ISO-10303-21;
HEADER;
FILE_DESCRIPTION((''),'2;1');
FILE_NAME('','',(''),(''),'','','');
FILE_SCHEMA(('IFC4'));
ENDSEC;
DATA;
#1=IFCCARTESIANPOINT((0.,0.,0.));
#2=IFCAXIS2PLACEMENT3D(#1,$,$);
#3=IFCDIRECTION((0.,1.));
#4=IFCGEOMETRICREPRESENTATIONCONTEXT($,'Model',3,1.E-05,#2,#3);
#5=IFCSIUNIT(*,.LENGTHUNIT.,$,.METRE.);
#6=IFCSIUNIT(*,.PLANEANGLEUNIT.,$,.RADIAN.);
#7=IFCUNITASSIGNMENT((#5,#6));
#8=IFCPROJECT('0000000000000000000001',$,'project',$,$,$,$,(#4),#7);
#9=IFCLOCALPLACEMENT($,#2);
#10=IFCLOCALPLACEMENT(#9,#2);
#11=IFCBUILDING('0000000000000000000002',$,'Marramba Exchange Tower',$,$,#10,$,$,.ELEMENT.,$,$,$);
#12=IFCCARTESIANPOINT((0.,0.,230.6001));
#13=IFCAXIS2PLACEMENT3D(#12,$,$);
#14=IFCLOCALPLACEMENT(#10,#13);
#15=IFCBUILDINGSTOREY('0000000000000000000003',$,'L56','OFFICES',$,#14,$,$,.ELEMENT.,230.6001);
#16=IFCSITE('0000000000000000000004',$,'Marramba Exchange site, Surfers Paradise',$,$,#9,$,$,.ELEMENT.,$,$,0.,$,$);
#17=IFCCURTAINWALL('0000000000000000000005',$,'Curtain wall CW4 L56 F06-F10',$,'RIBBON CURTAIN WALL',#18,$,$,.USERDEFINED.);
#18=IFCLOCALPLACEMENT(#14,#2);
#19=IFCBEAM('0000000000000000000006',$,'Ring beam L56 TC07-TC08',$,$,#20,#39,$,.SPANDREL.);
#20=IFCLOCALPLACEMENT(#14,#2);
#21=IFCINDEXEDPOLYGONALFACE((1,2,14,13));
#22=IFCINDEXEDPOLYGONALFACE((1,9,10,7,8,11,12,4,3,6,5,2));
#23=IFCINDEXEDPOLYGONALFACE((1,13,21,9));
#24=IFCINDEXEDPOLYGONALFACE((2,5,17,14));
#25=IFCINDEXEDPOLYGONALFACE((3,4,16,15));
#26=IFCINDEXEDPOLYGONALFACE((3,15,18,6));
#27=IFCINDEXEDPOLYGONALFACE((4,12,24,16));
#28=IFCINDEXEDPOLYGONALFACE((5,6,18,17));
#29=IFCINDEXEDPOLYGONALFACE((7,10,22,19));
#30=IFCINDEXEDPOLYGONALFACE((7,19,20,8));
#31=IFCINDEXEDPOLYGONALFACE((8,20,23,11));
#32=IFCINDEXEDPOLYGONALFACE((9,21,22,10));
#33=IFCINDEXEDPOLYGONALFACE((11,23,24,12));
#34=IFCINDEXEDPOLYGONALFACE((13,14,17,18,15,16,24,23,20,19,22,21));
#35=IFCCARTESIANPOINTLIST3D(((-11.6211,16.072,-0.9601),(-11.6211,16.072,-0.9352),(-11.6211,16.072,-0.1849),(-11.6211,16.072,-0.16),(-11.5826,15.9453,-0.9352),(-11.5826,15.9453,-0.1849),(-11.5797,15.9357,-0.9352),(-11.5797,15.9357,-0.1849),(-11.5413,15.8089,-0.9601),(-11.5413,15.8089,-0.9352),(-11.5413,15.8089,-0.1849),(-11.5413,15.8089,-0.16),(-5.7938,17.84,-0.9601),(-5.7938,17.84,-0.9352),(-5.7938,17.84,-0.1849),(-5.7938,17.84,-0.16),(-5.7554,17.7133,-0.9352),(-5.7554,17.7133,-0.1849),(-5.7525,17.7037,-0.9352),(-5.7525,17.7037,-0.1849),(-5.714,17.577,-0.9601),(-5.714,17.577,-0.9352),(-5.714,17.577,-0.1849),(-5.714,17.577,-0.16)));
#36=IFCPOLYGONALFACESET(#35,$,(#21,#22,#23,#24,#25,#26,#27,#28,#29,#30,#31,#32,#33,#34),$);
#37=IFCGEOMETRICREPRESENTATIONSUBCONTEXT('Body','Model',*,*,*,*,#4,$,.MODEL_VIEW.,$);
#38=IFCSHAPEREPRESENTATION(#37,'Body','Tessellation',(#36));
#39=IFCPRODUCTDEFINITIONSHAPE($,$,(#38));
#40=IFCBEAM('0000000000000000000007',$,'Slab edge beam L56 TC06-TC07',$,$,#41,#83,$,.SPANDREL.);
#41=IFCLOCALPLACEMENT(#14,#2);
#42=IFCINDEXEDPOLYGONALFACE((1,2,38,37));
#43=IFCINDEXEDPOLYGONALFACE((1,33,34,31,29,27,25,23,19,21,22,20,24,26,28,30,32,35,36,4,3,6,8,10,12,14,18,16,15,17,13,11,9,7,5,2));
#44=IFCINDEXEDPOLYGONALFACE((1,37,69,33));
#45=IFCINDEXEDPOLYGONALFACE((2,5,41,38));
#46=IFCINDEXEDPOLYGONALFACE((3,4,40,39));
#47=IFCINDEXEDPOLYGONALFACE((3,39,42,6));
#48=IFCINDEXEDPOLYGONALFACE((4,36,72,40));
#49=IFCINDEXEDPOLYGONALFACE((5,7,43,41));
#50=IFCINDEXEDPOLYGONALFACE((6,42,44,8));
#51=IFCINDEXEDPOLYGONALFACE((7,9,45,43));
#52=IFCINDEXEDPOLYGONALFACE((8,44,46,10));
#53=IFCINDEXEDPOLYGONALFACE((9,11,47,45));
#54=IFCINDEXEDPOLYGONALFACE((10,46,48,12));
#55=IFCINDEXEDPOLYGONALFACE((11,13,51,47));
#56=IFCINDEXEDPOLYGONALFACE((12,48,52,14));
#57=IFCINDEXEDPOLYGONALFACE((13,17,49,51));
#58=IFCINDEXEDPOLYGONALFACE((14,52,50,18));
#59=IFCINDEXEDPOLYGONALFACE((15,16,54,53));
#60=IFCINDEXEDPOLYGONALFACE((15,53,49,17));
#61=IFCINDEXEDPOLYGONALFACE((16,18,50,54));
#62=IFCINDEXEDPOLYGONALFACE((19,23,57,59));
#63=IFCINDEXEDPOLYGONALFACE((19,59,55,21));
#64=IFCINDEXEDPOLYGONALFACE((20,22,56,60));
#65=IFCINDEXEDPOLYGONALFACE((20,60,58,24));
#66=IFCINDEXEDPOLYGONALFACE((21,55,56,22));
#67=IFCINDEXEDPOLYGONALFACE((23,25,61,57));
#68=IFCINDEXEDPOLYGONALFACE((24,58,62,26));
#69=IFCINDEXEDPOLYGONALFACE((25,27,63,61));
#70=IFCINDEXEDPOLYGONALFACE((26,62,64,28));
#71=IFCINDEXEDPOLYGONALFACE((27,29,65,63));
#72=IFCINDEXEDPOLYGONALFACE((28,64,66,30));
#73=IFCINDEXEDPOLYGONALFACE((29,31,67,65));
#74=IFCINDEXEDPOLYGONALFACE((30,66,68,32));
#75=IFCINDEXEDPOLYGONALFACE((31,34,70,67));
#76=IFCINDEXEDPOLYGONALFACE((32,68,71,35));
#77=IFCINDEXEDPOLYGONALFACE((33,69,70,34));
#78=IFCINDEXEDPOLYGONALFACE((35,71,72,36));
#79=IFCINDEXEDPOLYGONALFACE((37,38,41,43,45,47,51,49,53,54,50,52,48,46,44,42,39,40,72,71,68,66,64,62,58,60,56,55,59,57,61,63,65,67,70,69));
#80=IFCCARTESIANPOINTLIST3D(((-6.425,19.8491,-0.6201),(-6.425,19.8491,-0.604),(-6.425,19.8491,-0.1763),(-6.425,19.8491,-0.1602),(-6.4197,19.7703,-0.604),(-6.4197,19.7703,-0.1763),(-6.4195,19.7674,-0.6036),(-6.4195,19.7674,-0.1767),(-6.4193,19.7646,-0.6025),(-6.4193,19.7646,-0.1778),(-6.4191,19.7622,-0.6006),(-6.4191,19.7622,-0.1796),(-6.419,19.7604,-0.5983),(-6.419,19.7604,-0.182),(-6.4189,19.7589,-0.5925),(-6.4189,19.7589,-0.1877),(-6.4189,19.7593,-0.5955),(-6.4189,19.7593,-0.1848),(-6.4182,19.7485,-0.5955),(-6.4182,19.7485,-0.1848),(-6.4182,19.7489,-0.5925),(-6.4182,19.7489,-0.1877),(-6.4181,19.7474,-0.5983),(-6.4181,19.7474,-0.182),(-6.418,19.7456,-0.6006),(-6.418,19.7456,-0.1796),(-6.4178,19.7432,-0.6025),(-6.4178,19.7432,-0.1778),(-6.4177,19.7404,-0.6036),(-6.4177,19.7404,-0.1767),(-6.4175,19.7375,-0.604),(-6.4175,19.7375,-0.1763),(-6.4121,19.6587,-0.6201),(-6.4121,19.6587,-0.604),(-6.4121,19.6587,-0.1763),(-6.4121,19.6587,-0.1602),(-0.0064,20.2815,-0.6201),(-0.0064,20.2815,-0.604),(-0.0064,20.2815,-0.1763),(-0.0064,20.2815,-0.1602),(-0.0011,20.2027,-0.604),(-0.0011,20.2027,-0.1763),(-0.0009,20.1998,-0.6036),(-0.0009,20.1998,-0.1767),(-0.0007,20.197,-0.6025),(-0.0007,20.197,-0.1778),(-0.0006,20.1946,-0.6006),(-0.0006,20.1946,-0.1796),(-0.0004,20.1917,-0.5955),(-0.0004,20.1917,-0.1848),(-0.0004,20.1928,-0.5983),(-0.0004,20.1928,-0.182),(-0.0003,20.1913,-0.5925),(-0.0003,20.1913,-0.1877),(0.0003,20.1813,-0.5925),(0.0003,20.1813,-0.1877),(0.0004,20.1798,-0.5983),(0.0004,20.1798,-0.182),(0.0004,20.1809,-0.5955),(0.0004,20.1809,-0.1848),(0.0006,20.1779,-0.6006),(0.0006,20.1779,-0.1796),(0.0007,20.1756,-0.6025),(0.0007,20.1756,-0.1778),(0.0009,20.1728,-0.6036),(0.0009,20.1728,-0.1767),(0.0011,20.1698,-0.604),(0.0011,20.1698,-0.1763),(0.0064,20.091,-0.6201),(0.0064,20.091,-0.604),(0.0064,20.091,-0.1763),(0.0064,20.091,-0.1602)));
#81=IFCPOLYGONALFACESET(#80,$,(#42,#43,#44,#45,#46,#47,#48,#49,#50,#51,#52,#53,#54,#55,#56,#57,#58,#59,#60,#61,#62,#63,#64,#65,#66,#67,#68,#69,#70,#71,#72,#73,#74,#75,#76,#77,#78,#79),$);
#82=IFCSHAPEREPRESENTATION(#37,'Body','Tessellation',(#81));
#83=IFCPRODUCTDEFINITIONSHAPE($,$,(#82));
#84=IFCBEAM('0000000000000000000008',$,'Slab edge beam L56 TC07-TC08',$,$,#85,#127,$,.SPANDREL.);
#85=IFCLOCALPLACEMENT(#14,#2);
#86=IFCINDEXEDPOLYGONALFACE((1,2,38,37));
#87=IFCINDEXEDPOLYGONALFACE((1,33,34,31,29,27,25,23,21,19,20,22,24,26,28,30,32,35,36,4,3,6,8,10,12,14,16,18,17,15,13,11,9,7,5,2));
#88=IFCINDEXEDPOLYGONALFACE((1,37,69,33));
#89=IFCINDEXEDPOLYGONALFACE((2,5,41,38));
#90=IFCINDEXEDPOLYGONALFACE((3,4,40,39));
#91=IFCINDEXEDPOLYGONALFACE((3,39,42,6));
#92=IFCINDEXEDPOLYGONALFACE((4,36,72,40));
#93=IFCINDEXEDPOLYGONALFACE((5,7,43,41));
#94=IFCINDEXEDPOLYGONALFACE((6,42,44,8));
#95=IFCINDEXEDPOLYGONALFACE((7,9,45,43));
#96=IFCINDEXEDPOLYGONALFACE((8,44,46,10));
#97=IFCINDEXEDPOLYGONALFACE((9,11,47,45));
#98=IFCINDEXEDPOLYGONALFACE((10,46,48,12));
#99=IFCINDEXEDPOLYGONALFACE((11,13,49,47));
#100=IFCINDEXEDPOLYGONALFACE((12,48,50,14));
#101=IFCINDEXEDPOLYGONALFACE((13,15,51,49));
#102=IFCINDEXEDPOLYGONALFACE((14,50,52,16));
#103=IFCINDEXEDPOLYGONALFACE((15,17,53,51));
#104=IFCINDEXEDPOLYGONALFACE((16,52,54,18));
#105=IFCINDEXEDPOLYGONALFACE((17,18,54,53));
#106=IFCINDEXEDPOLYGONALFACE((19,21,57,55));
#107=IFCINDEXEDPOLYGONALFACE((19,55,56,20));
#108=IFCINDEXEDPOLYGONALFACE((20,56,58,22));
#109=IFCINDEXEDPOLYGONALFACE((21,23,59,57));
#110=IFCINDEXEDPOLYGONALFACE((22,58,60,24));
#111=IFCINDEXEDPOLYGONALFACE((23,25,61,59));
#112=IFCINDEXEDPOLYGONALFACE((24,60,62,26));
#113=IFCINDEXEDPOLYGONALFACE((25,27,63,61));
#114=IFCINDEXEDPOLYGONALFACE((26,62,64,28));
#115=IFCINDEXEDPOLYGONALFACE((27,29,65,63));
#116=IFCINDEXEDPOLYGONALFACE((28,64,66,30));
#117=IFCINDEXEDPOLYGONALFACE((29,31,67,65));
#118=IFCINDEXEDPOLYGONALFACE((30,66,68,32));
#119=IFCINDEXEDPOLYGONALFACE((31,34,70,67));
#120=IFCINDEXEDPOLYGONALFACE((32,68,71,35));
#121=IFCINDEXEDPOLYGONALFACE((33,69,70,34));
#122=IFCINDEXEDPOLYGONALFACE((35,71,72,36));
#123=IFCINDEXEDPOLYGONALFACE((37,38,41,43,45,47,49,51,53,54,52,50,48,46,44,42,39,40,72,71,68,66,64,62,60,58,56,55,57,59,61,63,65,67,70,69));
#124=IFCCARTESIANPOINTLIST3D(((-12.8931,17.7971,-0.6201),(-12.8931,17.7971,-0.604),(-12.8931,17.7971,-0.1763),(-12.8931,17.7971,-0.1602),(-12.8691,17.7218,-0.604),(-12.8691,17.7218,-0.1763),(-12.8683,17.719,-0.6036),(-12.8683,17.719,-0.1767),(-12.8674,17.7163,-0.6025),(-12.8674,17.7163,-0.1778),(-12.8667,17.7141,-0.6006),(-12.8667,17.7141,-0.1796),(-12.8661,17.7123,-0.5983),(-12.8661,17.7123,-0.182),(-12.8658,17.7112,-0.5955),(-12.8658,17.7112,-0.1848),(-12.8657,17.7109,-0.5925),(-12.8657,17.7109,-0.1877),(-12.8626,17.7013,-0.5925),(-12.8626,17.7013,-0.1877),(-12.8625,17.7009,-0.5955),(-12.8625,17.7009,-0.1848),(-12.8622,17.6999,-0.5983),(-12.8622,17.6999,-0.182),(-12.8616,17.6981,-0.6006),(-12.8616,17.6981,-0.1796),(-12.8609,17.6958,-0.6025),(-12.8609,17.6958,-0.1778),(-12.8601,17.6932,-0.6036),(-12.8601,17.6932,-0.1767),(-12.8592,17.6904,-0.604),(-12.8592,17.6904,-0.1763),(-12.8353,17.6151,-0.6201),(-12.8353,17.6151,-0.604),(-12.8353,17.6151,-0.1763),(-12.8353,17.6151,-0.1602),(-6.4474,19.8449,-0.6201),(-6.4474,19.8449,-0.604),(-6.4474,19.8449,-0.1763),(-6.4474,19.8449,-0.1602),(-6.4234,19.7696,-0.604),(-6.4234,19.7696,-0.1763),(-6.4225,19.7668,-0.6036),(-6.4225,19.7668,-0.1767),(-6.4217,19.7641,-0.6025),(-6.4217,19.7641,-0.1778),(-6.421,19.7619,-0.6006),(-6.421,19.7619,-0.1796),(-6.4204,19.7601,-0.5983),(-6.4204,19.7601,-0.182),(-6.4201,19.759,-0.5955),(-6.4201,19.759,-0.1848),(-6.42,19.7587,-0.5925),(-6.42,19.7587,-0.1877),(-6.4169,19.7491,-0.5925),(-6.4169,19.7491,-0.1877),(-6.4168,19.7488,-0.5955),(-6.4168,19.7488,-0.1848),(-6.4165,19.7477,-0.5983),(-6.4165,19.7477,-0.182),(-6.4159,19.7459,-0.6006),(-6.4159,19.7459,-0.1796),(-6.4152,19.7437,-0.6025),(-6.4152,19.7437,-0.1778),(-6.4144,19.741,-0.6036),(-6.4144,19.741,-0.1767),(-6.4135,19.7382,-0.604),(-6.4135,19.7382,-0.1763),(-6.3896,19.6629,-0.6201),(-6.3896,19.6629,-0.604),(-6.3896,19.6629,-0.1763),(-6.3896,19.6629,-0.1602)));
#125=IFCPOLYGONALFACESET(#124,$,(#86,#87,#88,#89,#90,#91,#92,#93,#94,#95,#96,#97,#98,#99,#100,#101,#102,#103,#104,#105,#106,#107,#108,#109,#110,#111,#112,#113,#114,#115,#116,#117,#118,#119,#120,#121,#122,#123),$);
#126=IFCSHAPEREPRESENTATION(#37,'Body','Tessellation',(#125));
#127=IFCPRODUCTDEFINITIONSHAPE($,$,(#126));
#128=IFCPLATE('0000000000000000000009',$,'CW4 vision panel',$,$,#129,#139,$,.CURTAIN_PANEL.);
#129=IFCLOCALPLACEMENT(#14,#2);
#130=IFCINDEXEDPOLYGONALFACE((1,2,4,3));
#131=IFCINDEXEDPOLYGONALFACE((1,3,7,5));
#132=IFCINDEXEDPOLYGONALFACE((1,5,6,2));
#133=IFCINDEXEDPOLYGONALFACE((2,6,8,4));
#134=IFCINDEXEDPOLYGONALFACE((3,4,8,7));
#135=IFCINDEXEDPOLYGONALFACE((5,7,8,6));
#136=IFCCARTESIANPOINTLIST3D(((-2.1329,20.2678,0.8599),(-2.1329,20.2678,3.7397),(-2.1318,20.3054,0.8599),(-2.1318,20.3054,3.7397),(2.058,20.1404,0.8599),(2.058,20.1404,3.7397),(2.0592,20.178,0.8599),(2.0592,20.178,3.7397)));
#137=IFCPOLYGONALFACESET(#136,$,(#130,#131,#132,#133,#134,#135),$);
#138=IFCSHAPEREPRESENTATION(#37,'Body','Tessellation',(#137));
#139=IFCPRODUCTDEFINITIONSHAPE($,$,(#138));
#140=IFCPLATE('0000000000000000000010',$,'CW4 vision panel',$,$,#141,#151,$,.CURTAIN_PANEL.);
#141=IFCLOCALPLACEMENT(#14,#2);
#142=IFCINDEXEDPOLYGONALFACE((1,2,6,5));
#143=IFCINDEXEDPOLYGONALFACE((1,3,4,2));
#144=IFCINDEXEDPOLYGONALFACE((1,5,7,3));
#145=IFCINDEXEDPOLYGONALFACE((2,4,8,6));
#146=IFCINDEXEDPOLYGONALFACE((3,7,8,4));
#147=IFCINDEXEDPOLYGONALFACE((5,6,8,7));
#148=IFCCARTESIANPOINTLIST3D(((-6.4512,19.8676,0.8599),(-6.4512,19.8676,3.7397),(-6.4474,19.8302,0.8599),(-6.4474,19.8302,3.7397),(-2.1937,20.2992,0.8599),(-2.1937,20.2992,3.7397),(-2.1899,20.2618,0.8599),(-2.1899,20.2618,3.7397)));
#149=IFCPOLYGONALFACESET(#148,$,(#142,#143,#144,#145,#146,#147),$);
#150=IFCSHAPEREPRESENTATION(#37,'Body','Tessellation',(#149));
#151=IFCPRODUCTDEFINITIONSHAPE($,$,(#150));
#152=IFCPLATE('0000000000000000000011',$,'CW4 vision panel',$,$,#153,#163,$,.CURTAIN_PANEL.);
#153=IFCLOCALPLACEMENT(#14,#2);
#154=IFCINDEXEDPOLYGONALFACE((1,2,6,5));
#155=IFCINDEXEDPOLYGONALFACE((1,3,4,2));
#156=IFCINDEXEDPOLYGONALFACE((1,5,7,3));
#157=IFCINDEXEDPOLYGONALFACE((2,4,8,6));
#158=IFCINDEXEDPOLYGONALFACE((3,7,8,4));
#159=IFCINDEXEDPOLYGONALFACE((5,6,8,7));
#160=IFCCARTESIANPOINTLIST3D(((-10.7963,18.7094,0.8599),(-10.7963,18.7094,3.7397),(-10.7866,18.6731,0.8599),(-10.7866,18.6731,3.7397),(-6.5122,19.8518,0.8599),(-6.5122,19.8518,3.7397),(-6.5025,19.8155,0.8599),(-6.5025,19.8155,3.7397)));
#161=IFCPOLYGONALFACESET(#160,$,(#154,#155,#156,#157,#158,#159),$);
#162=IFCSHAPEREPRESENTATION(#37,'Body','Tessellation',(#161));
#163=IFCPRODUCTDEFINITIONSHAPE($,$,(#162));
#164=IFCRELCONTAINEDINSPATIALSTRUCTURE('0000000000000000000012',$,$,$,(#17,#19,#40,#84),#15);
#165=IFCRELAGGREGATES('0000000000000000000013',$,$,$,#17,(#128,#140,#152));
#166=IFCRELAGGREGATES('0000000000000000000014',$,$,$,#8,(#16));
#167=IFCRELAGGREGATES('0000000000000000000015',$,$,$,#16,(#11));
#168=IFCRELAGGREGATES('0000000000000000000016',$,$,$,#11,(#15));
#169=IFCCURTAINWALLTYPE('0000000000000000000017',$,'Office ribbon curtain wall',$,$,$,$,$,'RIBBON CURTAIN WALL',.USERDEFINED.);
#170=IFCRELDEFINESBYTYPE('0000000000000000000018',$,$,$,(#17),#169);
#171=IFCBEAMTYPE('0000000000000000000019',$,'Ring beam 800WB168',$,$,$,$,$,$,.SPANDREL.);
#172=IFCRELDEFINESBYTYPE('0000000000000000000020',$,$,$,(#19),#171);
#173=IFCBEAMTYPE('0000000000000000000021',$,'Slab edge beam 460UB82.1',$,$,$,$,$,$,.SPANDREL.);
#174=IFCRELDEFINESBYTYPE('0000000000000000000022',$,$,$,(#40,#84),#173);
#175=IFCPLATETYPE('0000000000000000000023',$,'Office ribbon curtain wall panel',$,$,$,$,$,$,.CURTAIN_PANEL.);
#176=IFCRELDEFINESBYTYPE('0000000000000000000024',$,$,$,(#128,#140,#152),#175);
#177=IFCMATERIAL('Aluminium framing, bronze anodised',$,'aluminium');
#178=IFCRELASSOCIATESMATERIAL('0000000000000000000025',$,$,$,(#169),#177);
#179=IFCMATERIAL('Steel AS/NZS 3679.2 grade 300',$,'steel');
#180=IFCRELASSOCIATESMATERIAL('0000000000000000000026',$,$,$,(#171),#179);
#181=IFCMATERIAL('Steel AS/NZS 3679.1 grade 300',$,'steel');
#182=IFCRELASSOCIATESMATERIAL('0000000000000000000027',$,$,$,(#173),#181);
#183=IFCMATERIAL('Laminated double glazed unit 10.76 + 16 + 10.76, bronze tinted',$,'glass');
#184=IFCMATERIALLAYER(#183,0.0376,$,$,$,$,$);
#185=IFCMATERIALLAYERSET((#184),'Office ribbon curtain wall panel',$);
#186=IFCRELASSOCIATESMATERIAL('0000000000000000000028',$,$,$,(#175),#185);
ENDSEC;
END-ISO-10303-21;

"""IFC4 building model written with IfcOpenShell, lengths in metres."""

from ifc_helpers import new_model, si_unit, direction, frame, origin, origin_2d, place, context, subcontext, project, spatial, rectangle, i_section, extrude, material, layer, layer_set, material_profile, profile_set, type_object, element, aggregate, save


model = new_model("IFC4")

# Units and contexts
model_context = context("Model", 3, precision=1e-05, world=origin(), true_north=direction((0.0, 1.0)))
body_context = subcontext(model_context, "Body", "Model", "MODEL_VIEW")
ifc_project = project(units=[si_unit("LENGTHUNIT", "METRE"), si_unit("PLANEANGLEUNIT", "RADIAN")], contexts=[model_context])

# Site, building, storey
site_placement = place(None, origin())
site = spatial("IfcSite", under=ifc_project, at=site_placement, Name="Marramba Exchange site, Surfers Paradise", CompositionType="ELEMENT", RefElevation=0.0)
building_placement = place(site_placement, origin())
building = spatial("IfcBuilding", under=site, at=building_placement, Name="Marramba Exchange Tower", CompositionType="ELEMENT")
storey_placement = place(building_placement, frame((0.0, 0.0, 230.6001)))
storey = spatial("IfcBuildingStorey", under=building, at=storey_placement, Name="L56", Description="OFFICES", CompositionType="ELEMENT", Elevation=230.6001)

# Shared definitions
ifc_material_1 = material(Name="Steel AS/NZS 3679.2 grade 300", Category="steel")

# Curtain wall
ifc_material_2 = material(Name="Aluminium framing, bronze anodised", Category="aluminium")
curtain_wall_type = type_object("IfcCurtainWallType", Name="Office ribbon curtain wall", ElementType="RIBBON CURTAIN WALL", PredefinedType="USERDEFINED", material=ifc_material_2)
curtain_wall_1_placement = place(storey_placement, origin())
curtain_wall_1 = element("IfcCurtainWall", 1, at=curtain_wall_1_placement, inside=storey, type_object=curtain_wall_type, Name="Curtain wall CW4 L56 F06-F10", ObjectType="RIBBON CURTAIN WALL", PredefinedType="USERDEFINED")

# Beams
ifc_material_profile_1 = material_profile(ifc_material_1, i_section(OverallWidth=0.2749, OverallDepth=0.8, WebThickness=0.01, FlangeThickness=0.0249, at=origin_2d()), Name="800WB168")
ifc_profile_set_1 = profile_set([ifc_material_profile_1], Name="Steel AS/NZS 3679.2 grade 300")
beam_type_1 = type_object("IfcBeamType", Name="Ring beam 800WB168", PredefinedType="SPANDREL", material=ifc_profile_set_1)
beam_1_placement = place(storey_placement, frame((-5.7539, 17.7085, -0.5601), z_axis=(-0.956925, -0.290337, 0.0), x_axis=(0.290337, -0.956925, 0.0)))
element("IfcBeam", 2, at=beam_1_placement, inside=storey, type_object=beam_type_1, Name="Ring beam L56 TC07-TC08", PredefinedType="SPANDREL", context=body_context, shape_type="SweptSolid", body=[
    extrude(i_section(OverallWidth=0.2749, OverallDepth=0.8, WebThickness=0.01, FlangeThickness=0.0249, at=origin_2d()), origin(), (0.0, 0.0, 1.0), 6.0896),
])
ifc_material_3 = material(Name="Steel AS/NZS 3679.1 grade 300", Category="steel")
ifc_material_profile_2 = material_profile(ifc_material_3, i_section(OverallWidth=0.1909, OverallDepth=0.46, WebThickness=0.01, FlangeThickness=0.0161, FilletRadius=0.0115, at=origin_2d()), Name="460UB82.1")
ifc_profile_set_2 = profile_set([ifc_material_profile_2], Name="Steel AS/NZS 3679.1 grade 300")
beam_type_2 = type_object("IfcBeamType", Name="Slab edge beam 460UB82.1", PredefinedType="SPANDREL", material=ifc_profile_set_2)
beam_2_placement = place(storey_placement, frame((0.0, 20.1863, -0.3901), z_axis=(-0.997739, -0.067212, 0.0), x_axis=(0.067212, -0.997739, 0.0)))
element("IfcBeam", 3, at=beam_2_placement, inside=storey, type_object=beam_type_2, Name="Slab edge beam L56 TC06-TC07", PredefinedType="SPANDREL", context=body_context, shape_type="SweptSolid", body=[
    extrude(i_section(OverallWidth=0.1909, OverallDepth=0.46, WebThickness=0.01, FlangeThickness=0.0161, FilletRadius=0.0115, at=origin_2d()), origin(), (0.0, 0.0, 1.0), 6.4331),
])
beam_3_placement = place(storey_placement, frame((-6.4185, 19.7539, -0.3901), z_axis=(-0.953057, -0.302789, 0.0), x_axis=(0.302789, -0.953057, 0.0)))
element("IfcBeam", 4, at=beam_3_placement, inside=storey, type_object=beam_type_2, Name="Slab edge beam L56 TC07-TC08", PredefinedType="SPANDREL", context=body_context, shape_type="SweptSolid", body=[
    extrude(i_section(OverallWidth=0.1909, OverallDepth=0.46, WebThickness=0.01, FlangeThickness=0.0161, FilletRadius=0.0115, at=origin_2d()), origin(), (0.0, 0.0, 1.0), 6.7632),
])

# Plates
ifc_material_4 = material(Name="Laminated double glazed unit 10.76 + 16 + 10.76, bronze tinted", Category="glass")
ifc_layer_1 = layer(ifc_material_4, 0.0376)
ifc_layer_set_1 = layer_set([ifc_layer_1], Name="Office ribbon curtain wall panel")
plate_type = type_object("IfcPlateType", Name="Office ribbon curtain wall panel", PredefinedType="CURTAIN_PANEL", material=ifc_layer_set_1)
plate_1_placement = place(storey_placement, frame((-0.0369, 20.2229, 0.8599), z_axis=(0.0, 0.0, 1.0), x_axis=(-0.999538, 0.030394, 0.0)))
plate_1 = element("IfcPlate", 5, at=plate_1_placement, type_object=plate_type, Name="CW4 vision panel", PredefinedType="CURTAIN_PANEL", context=body_context, shape_type="SweptSolid", body=[
    extrude(rectangle(XDim=4.1929, YDim=0.0376, at=origin_2d()), origin(), (0.0, 0.0, 1.0), 2.8799),
])
plate_2_placement = place(storey_placement, frame((-4.3206, 20.0647, 0.8599), z_axis=(0.0, 0.0, 1.0), x_axis=(-0.9949, -0.100863, 0.0)))
plate_2 = element("IfcPlate", 6, at=plate_2_placement, type_object=plate_type, Name="CW4 vision panel", PredefinedType="CURTAIN_PANEL", context=body_context, shape_type="SweptSolid", body=[
    extrude(rectangle(XDim=4.2793, YDim=0.0376, at=origin_2d()), origin(), (0.0, 0.0, 1.0), 2.8799),
])
plate_3_placement = place(storey_placement, frame((-8.6494, 19.2625, 0.8599), z_axis=(0.0, 0.0, 1.0), x_axis=(-0.966241, -0.257641, 0.0)))
plate_3 = element("IfcPlate", 7, at=plate_3_placement, type_object=plate_type, Name="CW4 vision panel", PredefinedType="CURTAIN_PANEL", context=body_context, shape_type="SweptSolid", body=[
    extrude(rectangle(XDim=4.4338, YDim=0.0376, at=origin_2d()), origin(), (0.0, 0.0, 1.0), 2.8799),
])
aggregate(curtain_wall_1, [plate_1, plate_2, plate_3])

save(model, "model.ifc")
